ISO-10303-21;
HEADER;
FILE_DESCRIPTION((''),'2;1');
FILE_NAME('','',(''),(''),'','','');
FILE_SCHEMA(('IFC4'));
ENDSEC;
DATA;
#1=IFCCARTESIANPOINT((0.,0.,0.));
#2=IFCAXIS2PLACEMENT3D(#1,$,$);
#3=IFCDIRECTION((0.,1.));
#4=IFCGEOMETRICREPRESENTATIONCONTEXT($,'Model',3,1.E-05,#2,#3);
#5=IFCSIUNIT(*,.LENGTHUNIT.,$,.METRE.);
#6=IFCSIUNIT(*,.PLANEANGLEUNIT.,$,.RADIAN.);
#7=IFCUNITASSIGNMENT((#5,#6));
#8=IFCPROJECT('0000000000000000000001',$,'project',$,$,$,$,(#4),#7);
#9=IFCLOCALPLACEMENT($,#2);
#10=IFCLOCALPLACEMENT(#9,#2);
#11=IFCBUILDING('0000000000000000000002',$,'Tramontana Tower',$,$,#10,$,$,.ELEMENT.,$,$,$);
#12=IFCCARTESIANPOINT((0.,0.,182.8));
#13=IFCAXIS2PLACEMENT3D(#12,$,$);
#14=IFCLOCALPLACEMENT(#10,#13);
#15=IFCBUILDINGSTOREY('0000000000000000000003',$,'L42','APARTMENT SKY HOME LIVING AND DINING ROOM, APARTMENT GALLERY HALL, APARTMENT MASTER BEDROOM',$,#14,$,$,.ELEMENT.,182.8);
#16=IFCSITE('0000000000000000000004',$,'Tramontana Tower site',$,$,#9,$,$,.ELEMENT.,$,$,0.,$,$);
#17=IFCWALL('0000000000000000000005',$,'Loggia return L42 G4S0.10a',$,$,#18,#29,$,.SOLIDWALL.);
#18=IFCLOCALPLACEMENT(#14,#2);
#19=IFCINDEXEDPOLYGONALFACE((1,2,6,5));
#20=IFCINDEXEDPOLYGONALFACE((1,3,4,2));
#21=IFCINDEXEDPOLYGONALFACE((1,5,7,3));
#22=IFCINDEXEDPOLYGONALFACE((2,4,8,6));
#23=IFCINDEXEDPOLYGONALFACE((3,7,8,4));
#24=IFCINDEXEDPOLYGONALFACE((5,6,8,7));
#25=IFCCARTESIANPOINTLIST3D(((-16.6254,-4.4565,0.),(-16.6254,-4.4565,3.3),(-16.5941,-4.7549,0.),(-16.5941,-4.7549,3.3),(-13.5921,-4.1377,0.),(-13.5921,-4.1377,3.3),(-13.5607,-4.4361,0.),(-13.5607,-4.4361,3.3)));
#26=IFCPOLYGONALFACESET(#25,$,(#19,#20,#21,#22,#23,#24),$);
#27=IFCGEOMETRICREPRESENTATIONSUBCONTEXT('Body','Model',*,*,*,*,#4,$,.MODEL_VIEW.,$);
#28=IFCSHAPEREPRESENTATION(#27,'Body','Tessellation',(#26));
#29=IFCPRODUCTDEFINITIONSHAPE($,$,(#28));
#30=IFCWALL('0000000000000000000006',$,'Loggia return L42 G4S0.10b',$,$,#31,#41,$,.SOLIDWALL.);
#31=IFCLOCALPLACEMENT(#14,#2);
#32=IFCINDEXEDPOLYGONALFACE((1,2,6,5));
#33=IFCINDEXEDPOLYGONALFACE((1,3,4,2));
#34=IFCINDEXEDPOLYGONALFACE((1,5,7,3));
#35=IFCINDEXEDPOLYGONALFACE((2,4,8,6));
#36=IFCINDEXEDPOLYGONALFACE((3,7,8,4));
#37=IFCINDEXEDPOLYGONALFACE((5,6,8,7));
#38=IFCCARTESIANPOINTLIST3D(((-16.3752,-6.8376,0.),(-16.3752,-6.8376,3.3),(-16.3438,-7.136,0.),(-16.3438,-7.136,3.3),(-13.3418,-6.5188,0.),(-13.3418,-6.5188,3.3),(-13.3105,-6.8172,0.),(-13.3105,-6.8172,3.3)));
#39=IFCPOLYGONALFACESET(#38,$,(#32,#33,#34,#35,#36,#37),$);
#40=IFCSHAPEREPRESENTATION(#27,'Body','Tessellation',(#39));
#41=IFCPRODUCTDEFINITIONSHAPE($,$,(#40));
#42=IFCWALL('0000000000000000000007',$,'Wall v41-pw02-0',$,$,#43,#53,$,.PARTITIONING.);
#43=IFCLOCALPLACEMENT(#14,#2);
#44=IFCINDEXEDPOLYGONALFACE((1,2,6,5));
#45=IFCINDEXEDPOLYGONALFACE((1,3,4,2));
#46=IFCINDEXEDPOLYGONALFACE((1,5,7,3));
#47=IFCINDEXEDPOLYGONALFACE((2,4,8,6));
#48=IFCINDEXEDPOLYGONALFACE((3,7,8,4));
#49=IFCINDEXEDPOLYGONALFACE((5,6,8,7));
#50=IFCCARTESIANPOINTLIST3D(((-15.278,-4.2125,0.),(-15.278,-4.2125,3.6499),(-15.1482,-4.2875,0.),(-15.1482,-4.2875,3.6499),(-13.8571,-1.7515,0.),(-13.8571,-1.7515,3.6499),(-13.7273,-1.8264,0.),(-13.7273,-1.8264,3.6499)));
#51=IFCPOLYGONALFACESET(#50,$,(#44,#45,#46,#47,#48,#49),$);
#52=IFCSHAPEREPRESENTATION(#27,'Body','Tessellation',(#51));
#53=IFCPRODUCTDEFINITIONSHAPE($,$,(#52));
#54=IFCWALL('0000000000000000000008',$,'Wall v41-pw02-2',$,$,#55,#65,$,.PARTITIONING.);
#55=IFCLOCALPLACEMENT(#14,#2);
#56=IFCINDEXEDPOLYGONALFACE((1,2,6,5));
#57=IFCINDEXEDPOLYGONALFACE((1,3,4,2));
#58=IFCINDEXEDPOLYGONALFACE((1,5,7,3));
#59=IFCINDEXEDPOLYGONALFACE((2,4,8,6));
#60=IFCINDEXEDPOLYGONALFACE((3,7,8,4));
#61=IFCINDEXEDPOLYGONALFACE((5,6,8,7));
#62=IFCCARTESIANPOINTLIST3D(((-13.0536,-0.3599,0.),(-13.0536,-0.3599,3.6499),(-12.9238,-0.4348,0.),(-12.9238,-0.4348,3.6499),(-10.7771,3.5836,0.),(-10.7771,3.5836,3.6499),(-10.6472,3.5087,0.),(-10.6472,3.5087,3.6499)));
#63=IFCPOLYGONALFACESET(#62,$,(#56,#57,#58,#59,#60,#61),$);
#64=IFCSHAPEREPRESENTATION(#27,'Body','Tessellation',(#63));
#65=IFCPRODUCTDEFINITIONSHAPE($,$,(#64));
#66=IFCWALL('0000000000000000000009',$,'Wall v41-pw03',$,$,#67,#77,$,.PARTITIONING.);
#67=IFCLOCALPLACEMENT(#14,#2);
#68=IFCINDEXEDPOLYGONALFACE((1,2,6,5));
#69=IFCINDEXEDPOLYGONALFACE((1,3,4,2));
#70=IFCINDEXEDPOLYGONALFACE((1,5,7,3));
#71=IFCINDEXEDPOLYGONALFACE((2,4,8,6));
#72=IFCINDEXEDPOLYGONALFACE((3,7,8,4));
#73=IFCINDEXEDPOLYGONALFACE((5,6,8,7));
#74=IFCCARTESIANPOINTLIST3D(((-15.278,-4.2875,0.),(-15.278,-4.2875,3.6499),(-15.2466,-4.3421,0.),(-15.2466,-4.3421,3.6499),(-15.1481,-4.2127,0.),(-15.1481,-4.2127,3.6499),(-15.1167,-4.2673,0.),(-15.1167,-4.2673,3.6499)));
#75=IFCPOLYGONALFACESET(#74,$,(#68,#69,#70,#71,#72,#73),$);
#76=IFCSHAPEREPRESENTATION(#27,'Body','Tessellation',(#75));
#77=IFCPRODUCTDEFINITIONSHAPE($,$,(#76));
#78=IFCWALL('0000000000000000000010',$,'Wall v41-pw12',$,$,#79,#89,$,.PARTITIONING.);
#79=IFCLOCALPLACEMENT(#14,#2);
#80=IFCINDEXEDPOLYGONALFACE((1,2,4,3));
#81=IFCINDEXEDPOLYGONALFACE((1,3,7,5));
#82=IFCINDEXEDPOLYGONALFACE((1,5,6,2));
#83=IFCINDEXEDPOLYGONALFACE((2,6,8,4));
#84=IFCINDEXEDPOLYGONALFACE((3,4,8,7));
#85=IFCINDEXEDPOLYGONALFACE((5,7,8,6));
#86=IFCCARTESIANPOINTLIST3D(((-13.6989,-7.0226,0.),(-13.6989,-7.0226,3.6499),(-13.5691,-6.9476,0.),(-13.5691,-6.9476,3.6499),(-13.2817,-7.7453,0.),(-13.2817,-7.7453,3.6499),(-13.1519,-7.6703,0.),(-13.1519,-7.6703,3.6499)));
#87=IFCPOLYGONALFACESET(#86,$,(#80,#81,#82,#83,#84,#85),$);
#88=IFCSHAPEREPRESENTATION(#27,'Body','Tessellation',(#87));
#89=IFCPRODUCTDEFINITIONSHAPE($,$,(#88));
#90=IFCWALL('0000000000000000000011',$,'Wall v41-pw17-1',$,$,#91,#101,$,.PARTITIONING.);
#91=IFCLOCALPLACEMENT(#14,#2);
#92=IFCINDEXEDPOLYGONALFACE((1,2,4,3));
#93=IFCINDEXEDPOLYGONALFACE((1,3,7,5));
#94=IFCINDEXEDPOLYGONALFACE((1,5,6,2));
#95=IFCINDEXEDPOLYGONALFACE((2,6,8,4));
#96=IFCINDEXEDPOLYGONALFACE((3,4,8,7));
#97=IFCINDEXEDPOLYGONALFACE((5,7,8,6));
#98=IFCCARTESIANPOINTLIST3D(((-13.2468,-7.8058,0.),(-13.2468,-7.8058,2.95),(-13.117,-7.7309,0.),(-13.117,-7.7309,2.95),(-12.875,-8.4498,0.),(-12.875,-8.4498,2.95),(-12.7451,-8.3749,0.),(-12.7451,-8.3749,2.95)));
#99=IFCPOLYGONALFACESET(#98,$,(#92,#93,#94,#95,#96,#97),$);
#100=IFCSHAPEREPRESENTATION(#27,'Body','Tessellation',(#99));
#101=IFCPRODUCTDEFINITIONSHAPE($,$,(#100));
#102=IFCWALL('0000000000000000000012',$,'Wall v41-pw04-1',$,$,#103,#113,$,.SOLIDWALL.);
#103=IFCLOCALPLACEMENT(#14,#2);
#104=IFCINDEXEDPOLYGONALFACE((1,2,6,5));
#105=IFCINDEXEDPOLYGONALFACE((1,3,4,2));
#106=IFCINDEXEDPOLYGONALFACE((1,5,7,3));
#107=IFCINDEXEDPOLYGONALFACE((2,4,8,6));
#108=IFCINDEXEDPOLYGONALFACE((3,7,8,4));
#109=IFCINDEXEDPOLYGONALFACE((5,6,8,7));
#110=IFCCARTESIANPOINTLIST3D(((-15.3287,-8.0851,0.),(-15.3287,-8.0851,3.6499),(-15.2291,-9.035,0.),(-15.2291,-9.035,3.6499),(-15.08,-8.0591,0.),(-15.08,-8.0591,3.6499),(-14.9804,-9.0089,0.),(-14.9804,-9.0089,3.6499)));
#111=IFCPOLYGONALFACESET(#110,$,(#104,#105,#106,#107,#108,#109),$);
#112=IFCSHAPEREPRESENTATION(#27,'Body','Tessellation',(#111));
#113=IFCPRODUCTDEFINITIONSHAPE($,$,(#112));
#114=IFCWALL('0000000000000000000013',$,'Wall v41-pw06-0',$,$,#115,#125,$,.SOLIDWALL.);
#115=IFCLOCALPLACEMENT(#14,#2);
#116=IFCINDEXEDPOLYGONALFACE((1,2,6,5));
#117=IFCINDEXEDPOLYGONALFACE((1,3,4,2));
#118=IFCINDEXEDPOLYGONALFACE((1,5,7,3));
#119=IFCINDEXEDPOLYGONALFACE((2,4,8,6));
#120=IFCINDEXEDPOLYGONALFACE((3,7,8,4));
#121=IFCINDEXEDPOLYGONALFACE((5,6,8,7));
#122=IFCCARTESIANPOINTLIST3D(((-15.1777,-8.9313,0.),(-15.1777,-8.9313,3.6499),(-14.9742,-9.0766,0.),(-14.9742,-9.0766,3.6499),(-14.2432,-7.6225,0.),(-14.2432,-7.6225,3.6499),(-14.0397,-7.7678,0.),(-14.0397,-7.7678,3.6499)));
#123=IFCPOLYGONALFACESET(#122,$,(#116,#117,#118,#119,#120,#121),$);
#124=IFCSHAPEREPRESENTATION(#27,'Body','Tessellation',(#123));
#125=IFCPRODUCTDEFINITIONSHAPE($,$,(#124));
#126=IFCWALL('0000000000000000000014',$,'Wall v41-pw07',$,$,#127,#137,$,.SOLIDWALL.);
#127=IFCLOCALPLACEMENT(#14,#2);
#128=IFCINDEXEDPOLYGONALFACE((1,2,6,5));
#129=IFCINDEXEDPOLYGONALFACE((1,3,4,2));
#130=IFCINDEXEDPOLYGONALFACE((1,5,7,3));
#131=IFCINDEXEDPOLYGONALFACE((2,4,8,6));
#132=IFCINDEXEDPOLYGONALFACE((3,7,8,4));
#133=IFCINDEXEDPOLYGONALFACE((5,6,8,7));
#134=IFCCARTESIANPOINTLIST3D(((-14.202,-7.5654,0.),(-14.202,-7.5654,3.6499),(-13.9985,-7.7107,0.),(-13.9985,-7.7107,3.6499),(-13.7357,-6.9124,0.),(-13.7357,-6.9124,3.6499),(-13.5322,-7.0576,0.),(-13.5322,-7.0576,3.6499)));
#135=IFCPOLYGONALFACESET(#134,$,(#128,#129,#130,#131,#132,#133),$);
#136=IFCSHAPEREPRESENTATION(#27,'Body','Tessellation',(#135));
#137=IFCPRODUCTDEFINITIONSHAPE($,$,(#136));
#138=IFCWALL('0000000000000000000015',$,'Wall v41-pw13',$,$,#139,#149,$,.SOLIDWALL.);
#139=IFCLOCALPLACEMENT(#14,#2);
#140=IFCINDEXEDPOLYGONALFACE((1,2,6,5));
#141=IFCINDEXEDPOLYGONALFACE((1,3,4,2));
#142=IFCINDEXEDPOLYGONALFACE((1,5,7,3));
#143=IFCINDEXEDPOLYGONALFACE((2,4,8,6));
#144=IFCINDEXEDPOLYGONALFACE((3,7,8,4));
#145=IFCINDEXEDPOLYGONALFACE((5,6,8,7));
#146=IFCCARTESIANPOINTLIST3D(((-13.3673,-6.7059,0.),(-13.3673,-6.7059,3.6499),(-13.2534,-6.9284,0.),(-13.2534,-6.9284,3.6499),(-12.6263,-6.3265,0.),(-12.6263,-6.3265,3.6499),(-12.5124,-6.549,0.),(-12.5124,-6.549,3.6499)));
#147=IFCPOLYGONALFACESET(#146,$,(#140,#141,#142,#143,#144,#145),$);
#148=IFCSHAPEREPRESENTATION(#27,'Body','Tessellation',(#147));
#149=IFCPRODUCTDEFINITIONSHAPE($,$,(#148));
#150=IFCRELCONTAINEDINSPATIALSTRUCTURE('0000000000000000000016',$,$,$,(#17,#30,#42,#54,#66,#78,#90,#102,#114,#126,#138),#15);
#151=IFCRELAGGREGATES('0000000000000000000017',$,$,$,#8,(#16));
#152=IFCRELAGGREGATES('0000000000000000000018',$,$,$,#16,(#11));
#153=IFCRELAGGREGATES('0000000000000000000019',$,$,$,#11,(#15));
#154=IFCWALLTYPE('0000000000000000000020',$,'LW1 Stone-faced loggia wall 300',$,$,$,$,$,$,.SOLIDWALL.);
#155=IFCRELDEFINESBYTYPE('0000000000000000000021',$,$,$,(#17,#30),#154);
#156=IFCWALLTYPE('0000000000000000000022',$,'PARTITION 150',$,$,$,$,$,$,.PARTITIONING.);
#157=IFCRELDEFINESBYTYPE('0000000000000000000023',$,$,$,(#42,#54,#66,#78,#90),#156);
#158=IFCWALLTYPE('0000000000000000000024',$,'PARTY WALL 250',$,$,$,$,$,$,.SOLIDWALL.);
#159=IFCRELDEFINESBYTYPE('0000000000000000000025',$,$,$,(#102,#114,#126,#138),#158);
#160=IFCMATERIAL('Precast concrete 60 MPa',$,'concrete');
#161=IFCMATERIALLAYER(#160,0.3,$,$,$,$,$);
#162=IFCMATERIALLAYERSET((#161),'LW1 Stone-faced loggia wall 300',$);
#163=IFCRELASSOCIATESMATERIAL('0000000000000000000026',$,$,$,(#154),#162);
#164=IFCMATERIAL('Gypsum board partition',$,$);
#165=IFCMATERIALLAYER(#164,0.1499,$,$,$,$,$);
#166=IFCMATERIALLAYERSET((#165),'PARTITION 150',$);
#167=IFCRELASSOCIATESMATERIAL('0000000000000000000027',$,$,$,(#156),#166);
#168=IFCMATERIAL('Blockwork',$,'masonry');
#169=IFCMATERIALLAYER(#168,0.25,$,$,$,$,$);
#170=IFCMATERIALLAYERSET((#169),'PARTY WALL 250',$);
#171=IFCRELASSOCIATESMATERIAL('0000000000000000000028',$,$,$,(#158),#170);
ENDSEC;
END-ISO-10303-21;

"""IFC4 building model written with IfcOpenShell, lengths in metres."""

from ifc_helpers import new_model, si_unit, direction, frame, frame_2d, origin, place, context, subcontext, project, spatial, rectangle, extrude, material, layer, layer_set, type_object, element, save


model = new_model("IFC4")

# Units and contexts
model_context = context("Model", 3, precision=1e-05, world=origin(), true_north=direction((0.0, 1.0)))
body_context = subcontext(model_context, "Body", "Model", "MODEL_VIEW")
ifc_project = project(units=[si_unit("LENGTHUNIT", "METRE"), si_unit("PLANEANGLEUNIT", "RADIAN")], contexts=[model_context])

# Site, building, storey
site_placement = place(None, origin())
site = spatial("IfcSite", under=ifc_project, at=site_placement, Name="Tramontana Tower site", CompositionType="ELEMENT", RefElevation=0.0)
building_placement = place(site_placement, origin())
building = spatial("IfcBuilding", under=site, at=building_placement, Name="Tramontana Tower", CompositionType="ELEMENT")
storey_placement = place(building_placement, frame((0.0, 0.0, 182.8)))
storey = spatial("IfcBuildingStorey", under=building, at=storey_placement, Name="L42", Description="APARTMENT SKY HOME LIVING AND DINING ROOM, APARTMENT GALLERY HALL, APARTMENT MASTER BEDROOM", CompositionType="ELEMENT", Elevation=182.8)

# Shared definitions
ifc_material_1 = material(Name="Precast concrete 60 MPa", Category="concrete")
ifc_layer_1 = layer(ifc_material_1, 0.3)
ifc_layer_set_1 = layer_set([ifc_layer_1], Name="LW1 Stone-faced loggia wall 300")
wall_type_1 = type_object("IfcWallType", Name="LW1 Stone-faced loggia wall 300", PredefinedType="SOLIDWALL", material=ifc_layer_set_1)

# Walls
for number, where, z_axis, x_axis, name in (
    (1, (-16.6096, -4.6057, 0.0), (0.0, 0.0, 1.0), (0.994521, 0.104535, 0.0), "Loggia return L42 G4S0.10a"),
    (2, (-16.3594, -6.9868, 0.0), (0.0, 0.0, 1.0), (0.994521, 0.104535, 0.0), "Loggia return L42 G4S0.10b"),
):
    element("IfcWall", number, at=place(storey_placement, frame(where, z_axis=z_axis, x_axis=x_axis)), inside=storey, type_object=wall_type_1, Name=name, PredefinedType="SOLIDWALL", context=body_context, shape_type="SweptSolid", body=[
        extrude(rectangle(XDim=3.05, YDim=0.3, at=frame_2d((1.5249, 0.0))), origin(), (0.0, 0.0, 1.0), 3.3),
    ])
ifc_material_2 = material(Name="Gypsum board partition")
ifc_layer_2 = layer(ifc_material_2, 0.1499)
ifc_layer_set_2 = layer_set([ifc_layer_2], Name="PARTITION 150")
wall_type_2 = type_object("IfcWallType", Name="PARTITION 150", PredefinedType="PARTITIONING", material=ifc_layer_set_2)
wall_1_placement = place(storey_placement, frame((-15.2131, -4.25, 0.0), z_axis=(0.0, 0.0, 1.0), x_axis=(0.50002, 0.866014, 0.0)))
element("IfcWall", 3, at=wall_1_placement, inside=storey, type_object=wall_type_2, Name="Wall v41-pw02-0", PredefinedType="PARTITIONING", context=body_context, shape_type="SweptSolid", body=[
    extrude(rectangle(XDim=2.8418, YDim=0.1499, at=frame_2d((1.4209, 0.0))), origin(), (0.0, 0.0, 1.0), 3.6499),
])

# Walls
wall_2_placement = place(storey_placement, frame((-12.9888, -0.3975, 0.0), z_axis=(0.0, 0.0, 1.0), x_axis=(0.499962, 0.866047, 0.0)))
element("IfcWall", 4, at=wall_2_placement, inside=storey, type_object=wall_type_2, Name="Wall v41-pw02-2", PredefinedType="PARTITIONING", context=body_context, shape_type="SweptSolid", body=[
    extrude(rectangle(XDim=4.5535, YDim=0.1499, at=frame_2d((2.2769, 0.0))), origin(), (0.0, 0.0, 1.0), 3.6499),
])
wall_3_placement = place(storey_placement, frame((-15.1816, -4.3047, 0.0), z_axis=(0.0, 0.0, 1.0), x_axis=(-0.499052, 0.866572, 0.0)))
element("IfcWall", 5, at=wall_3_placement, inside=storey, type_object=wall_type_2, Name="Wall v41-pw03", PredefinedType="PARTITIONING", context=body_context, shape_type="SweptSolid", body=[
    extrude(rectangle(XDim=0.063, YDim=0.1499, at=frame_2d((0.0315, 0.0))), origin(), (0.0, 0.0, 1.0), 3.6499),
])
wall_4_placement = place(storey_placement, frame((-13.634, -6.9851, 0.0), z_axis=(0.0, 0.0, 1.0), x_axis=(0.500009, -0.86602, 0.0)))
element("IfcWall", 6, at=wall_4_placement, inside=storey, type_object=wall_type_2, Name="Wall v41-pw12", PredefinedType="PARTITIONING", context=body_context, shape_type="SweptSolid", body=[
    extrude(rectangle(XDim=0.8345, YDim=0.1499, at=frame_2d((0.4172, 0.0))), origin(), (0.0, 0.0, 1.0), 3.6499),
])
wall_5_placement = place(storey_placement, frame((-12.8101, -8.4124, 0.0), z_axis=(0.0, 0.0, 1.0), x_axis=(-0.499988, 0.866033, 0.0)))
element("IfcWall", 7, at=wall_5_placement, inside=storey, type_object=wall_type_2, Name="Wall v41-pw17-1", PredefinedType="PARTITIONING", context=body_context, shape_type="SweptSolid", body=[
    extrude(rectangle(XDim=0.7437, YDim=0.1499, at=frame_2d((0.3718, 0.0))), origin(), (0.0, 0.0, 1.0), 2.95),
])
ifc_material_3 = material(Name="Blockwork", Category="masonry")
ifc_layer_3 = layer(ifc_material_3, 0.25)
ifc_layer_set_3 = layer_set([ifc_layer_3], Name="PARTY WALL 250")
wall_type_3 = type_object("IfcWallType", Name="PARTY WALL 250", PredefinedType="SOLIDWALL", material=ifc_layer_set_3)
wall_6_placement = place(storey_placement, frame((-15.1047, -9.022, 0.0), z_axis=(0.0, 0.0, 1.0), x_axis=(-0.104286, 0.994547, 0.0)))
element("IfcWall", 8, at=wall_6_placement, inside=storey, type_object=wall_type_3, Name="Wall v41-pw04-1", PredefinedType="SOLIDWALL", context=body_context, shape_type="SweptSolid", body=[
    extrude(rectangle(XDim=0.9551, YDim=0.25, at=frame_2d((0.4775, 0.0))), origin(), (0.0, 0.0, 1.0), 3.6499),
])
wall_7_placement = place(storey_placement, frame((-14.1414, -7.6951, 0.0), z_axis=(0.0, 0.0, 1.0), x_axis=(-0.581109, -0.813826, 0.0)))
element("IfcWall", 9, at=wall_7_placement, inside=storey, type_object=wall_type_3, Name="Wall v41-pw06-0", PredefinedType="SOLIDWALL", context=body_context, shape_type="SweptSolid", body=[
    extrude(rectangle(XDim=1.6082, YDim=0.25, at=frame_2d((0.8042, 0.0))), origin(), (0.0, 0.0, 1.0), 3.6499),
])
wall_8_placement = place(storey_placement, frame((-14.1003, -7.6382, 0.0), z_axis=(0.0, 0.0, 1.0), x_axis=(0.581094, 0.813836, 0.0)))
element("IfcWall", 10, at=wall_8_placement, inside=storey, type_object=wall_type_3, Name="Wall v41-pw07", PredefinedType="SOLIDWALL", context=body_context, shape_type="SweptSolid", body=[
    extrude(rectangle(XDim=0.8025, YDim=0.25, at=frame_2d((0.4014, 0.0))), origin(), (0.0, 0.0, 1.0), 3.6499),
])
wall_9_placement = place(storey_placement, frame((-12.5693, -6.4377, 0.0), z_axis=(0.0, 0.0, 1.0), x_axis=(-0.890104, -0.455757, 0.0)))
element("IfcWall", 11, at=wall_9_placement, inside=storey, type_object=wall_type_3, Name="Wall v41-pw13", PredefinedType="SOLIDWALL", context=body_context, shape_type="SweptSolid", body=[
    extrude(rectangle(XDim=0.8325, YDim=0.25, at=frame_2d((0.4163, 0.0))), origin(), (0.0, 0.0, 1.0), 3.6499),
])

save(model, "model.ifc")
